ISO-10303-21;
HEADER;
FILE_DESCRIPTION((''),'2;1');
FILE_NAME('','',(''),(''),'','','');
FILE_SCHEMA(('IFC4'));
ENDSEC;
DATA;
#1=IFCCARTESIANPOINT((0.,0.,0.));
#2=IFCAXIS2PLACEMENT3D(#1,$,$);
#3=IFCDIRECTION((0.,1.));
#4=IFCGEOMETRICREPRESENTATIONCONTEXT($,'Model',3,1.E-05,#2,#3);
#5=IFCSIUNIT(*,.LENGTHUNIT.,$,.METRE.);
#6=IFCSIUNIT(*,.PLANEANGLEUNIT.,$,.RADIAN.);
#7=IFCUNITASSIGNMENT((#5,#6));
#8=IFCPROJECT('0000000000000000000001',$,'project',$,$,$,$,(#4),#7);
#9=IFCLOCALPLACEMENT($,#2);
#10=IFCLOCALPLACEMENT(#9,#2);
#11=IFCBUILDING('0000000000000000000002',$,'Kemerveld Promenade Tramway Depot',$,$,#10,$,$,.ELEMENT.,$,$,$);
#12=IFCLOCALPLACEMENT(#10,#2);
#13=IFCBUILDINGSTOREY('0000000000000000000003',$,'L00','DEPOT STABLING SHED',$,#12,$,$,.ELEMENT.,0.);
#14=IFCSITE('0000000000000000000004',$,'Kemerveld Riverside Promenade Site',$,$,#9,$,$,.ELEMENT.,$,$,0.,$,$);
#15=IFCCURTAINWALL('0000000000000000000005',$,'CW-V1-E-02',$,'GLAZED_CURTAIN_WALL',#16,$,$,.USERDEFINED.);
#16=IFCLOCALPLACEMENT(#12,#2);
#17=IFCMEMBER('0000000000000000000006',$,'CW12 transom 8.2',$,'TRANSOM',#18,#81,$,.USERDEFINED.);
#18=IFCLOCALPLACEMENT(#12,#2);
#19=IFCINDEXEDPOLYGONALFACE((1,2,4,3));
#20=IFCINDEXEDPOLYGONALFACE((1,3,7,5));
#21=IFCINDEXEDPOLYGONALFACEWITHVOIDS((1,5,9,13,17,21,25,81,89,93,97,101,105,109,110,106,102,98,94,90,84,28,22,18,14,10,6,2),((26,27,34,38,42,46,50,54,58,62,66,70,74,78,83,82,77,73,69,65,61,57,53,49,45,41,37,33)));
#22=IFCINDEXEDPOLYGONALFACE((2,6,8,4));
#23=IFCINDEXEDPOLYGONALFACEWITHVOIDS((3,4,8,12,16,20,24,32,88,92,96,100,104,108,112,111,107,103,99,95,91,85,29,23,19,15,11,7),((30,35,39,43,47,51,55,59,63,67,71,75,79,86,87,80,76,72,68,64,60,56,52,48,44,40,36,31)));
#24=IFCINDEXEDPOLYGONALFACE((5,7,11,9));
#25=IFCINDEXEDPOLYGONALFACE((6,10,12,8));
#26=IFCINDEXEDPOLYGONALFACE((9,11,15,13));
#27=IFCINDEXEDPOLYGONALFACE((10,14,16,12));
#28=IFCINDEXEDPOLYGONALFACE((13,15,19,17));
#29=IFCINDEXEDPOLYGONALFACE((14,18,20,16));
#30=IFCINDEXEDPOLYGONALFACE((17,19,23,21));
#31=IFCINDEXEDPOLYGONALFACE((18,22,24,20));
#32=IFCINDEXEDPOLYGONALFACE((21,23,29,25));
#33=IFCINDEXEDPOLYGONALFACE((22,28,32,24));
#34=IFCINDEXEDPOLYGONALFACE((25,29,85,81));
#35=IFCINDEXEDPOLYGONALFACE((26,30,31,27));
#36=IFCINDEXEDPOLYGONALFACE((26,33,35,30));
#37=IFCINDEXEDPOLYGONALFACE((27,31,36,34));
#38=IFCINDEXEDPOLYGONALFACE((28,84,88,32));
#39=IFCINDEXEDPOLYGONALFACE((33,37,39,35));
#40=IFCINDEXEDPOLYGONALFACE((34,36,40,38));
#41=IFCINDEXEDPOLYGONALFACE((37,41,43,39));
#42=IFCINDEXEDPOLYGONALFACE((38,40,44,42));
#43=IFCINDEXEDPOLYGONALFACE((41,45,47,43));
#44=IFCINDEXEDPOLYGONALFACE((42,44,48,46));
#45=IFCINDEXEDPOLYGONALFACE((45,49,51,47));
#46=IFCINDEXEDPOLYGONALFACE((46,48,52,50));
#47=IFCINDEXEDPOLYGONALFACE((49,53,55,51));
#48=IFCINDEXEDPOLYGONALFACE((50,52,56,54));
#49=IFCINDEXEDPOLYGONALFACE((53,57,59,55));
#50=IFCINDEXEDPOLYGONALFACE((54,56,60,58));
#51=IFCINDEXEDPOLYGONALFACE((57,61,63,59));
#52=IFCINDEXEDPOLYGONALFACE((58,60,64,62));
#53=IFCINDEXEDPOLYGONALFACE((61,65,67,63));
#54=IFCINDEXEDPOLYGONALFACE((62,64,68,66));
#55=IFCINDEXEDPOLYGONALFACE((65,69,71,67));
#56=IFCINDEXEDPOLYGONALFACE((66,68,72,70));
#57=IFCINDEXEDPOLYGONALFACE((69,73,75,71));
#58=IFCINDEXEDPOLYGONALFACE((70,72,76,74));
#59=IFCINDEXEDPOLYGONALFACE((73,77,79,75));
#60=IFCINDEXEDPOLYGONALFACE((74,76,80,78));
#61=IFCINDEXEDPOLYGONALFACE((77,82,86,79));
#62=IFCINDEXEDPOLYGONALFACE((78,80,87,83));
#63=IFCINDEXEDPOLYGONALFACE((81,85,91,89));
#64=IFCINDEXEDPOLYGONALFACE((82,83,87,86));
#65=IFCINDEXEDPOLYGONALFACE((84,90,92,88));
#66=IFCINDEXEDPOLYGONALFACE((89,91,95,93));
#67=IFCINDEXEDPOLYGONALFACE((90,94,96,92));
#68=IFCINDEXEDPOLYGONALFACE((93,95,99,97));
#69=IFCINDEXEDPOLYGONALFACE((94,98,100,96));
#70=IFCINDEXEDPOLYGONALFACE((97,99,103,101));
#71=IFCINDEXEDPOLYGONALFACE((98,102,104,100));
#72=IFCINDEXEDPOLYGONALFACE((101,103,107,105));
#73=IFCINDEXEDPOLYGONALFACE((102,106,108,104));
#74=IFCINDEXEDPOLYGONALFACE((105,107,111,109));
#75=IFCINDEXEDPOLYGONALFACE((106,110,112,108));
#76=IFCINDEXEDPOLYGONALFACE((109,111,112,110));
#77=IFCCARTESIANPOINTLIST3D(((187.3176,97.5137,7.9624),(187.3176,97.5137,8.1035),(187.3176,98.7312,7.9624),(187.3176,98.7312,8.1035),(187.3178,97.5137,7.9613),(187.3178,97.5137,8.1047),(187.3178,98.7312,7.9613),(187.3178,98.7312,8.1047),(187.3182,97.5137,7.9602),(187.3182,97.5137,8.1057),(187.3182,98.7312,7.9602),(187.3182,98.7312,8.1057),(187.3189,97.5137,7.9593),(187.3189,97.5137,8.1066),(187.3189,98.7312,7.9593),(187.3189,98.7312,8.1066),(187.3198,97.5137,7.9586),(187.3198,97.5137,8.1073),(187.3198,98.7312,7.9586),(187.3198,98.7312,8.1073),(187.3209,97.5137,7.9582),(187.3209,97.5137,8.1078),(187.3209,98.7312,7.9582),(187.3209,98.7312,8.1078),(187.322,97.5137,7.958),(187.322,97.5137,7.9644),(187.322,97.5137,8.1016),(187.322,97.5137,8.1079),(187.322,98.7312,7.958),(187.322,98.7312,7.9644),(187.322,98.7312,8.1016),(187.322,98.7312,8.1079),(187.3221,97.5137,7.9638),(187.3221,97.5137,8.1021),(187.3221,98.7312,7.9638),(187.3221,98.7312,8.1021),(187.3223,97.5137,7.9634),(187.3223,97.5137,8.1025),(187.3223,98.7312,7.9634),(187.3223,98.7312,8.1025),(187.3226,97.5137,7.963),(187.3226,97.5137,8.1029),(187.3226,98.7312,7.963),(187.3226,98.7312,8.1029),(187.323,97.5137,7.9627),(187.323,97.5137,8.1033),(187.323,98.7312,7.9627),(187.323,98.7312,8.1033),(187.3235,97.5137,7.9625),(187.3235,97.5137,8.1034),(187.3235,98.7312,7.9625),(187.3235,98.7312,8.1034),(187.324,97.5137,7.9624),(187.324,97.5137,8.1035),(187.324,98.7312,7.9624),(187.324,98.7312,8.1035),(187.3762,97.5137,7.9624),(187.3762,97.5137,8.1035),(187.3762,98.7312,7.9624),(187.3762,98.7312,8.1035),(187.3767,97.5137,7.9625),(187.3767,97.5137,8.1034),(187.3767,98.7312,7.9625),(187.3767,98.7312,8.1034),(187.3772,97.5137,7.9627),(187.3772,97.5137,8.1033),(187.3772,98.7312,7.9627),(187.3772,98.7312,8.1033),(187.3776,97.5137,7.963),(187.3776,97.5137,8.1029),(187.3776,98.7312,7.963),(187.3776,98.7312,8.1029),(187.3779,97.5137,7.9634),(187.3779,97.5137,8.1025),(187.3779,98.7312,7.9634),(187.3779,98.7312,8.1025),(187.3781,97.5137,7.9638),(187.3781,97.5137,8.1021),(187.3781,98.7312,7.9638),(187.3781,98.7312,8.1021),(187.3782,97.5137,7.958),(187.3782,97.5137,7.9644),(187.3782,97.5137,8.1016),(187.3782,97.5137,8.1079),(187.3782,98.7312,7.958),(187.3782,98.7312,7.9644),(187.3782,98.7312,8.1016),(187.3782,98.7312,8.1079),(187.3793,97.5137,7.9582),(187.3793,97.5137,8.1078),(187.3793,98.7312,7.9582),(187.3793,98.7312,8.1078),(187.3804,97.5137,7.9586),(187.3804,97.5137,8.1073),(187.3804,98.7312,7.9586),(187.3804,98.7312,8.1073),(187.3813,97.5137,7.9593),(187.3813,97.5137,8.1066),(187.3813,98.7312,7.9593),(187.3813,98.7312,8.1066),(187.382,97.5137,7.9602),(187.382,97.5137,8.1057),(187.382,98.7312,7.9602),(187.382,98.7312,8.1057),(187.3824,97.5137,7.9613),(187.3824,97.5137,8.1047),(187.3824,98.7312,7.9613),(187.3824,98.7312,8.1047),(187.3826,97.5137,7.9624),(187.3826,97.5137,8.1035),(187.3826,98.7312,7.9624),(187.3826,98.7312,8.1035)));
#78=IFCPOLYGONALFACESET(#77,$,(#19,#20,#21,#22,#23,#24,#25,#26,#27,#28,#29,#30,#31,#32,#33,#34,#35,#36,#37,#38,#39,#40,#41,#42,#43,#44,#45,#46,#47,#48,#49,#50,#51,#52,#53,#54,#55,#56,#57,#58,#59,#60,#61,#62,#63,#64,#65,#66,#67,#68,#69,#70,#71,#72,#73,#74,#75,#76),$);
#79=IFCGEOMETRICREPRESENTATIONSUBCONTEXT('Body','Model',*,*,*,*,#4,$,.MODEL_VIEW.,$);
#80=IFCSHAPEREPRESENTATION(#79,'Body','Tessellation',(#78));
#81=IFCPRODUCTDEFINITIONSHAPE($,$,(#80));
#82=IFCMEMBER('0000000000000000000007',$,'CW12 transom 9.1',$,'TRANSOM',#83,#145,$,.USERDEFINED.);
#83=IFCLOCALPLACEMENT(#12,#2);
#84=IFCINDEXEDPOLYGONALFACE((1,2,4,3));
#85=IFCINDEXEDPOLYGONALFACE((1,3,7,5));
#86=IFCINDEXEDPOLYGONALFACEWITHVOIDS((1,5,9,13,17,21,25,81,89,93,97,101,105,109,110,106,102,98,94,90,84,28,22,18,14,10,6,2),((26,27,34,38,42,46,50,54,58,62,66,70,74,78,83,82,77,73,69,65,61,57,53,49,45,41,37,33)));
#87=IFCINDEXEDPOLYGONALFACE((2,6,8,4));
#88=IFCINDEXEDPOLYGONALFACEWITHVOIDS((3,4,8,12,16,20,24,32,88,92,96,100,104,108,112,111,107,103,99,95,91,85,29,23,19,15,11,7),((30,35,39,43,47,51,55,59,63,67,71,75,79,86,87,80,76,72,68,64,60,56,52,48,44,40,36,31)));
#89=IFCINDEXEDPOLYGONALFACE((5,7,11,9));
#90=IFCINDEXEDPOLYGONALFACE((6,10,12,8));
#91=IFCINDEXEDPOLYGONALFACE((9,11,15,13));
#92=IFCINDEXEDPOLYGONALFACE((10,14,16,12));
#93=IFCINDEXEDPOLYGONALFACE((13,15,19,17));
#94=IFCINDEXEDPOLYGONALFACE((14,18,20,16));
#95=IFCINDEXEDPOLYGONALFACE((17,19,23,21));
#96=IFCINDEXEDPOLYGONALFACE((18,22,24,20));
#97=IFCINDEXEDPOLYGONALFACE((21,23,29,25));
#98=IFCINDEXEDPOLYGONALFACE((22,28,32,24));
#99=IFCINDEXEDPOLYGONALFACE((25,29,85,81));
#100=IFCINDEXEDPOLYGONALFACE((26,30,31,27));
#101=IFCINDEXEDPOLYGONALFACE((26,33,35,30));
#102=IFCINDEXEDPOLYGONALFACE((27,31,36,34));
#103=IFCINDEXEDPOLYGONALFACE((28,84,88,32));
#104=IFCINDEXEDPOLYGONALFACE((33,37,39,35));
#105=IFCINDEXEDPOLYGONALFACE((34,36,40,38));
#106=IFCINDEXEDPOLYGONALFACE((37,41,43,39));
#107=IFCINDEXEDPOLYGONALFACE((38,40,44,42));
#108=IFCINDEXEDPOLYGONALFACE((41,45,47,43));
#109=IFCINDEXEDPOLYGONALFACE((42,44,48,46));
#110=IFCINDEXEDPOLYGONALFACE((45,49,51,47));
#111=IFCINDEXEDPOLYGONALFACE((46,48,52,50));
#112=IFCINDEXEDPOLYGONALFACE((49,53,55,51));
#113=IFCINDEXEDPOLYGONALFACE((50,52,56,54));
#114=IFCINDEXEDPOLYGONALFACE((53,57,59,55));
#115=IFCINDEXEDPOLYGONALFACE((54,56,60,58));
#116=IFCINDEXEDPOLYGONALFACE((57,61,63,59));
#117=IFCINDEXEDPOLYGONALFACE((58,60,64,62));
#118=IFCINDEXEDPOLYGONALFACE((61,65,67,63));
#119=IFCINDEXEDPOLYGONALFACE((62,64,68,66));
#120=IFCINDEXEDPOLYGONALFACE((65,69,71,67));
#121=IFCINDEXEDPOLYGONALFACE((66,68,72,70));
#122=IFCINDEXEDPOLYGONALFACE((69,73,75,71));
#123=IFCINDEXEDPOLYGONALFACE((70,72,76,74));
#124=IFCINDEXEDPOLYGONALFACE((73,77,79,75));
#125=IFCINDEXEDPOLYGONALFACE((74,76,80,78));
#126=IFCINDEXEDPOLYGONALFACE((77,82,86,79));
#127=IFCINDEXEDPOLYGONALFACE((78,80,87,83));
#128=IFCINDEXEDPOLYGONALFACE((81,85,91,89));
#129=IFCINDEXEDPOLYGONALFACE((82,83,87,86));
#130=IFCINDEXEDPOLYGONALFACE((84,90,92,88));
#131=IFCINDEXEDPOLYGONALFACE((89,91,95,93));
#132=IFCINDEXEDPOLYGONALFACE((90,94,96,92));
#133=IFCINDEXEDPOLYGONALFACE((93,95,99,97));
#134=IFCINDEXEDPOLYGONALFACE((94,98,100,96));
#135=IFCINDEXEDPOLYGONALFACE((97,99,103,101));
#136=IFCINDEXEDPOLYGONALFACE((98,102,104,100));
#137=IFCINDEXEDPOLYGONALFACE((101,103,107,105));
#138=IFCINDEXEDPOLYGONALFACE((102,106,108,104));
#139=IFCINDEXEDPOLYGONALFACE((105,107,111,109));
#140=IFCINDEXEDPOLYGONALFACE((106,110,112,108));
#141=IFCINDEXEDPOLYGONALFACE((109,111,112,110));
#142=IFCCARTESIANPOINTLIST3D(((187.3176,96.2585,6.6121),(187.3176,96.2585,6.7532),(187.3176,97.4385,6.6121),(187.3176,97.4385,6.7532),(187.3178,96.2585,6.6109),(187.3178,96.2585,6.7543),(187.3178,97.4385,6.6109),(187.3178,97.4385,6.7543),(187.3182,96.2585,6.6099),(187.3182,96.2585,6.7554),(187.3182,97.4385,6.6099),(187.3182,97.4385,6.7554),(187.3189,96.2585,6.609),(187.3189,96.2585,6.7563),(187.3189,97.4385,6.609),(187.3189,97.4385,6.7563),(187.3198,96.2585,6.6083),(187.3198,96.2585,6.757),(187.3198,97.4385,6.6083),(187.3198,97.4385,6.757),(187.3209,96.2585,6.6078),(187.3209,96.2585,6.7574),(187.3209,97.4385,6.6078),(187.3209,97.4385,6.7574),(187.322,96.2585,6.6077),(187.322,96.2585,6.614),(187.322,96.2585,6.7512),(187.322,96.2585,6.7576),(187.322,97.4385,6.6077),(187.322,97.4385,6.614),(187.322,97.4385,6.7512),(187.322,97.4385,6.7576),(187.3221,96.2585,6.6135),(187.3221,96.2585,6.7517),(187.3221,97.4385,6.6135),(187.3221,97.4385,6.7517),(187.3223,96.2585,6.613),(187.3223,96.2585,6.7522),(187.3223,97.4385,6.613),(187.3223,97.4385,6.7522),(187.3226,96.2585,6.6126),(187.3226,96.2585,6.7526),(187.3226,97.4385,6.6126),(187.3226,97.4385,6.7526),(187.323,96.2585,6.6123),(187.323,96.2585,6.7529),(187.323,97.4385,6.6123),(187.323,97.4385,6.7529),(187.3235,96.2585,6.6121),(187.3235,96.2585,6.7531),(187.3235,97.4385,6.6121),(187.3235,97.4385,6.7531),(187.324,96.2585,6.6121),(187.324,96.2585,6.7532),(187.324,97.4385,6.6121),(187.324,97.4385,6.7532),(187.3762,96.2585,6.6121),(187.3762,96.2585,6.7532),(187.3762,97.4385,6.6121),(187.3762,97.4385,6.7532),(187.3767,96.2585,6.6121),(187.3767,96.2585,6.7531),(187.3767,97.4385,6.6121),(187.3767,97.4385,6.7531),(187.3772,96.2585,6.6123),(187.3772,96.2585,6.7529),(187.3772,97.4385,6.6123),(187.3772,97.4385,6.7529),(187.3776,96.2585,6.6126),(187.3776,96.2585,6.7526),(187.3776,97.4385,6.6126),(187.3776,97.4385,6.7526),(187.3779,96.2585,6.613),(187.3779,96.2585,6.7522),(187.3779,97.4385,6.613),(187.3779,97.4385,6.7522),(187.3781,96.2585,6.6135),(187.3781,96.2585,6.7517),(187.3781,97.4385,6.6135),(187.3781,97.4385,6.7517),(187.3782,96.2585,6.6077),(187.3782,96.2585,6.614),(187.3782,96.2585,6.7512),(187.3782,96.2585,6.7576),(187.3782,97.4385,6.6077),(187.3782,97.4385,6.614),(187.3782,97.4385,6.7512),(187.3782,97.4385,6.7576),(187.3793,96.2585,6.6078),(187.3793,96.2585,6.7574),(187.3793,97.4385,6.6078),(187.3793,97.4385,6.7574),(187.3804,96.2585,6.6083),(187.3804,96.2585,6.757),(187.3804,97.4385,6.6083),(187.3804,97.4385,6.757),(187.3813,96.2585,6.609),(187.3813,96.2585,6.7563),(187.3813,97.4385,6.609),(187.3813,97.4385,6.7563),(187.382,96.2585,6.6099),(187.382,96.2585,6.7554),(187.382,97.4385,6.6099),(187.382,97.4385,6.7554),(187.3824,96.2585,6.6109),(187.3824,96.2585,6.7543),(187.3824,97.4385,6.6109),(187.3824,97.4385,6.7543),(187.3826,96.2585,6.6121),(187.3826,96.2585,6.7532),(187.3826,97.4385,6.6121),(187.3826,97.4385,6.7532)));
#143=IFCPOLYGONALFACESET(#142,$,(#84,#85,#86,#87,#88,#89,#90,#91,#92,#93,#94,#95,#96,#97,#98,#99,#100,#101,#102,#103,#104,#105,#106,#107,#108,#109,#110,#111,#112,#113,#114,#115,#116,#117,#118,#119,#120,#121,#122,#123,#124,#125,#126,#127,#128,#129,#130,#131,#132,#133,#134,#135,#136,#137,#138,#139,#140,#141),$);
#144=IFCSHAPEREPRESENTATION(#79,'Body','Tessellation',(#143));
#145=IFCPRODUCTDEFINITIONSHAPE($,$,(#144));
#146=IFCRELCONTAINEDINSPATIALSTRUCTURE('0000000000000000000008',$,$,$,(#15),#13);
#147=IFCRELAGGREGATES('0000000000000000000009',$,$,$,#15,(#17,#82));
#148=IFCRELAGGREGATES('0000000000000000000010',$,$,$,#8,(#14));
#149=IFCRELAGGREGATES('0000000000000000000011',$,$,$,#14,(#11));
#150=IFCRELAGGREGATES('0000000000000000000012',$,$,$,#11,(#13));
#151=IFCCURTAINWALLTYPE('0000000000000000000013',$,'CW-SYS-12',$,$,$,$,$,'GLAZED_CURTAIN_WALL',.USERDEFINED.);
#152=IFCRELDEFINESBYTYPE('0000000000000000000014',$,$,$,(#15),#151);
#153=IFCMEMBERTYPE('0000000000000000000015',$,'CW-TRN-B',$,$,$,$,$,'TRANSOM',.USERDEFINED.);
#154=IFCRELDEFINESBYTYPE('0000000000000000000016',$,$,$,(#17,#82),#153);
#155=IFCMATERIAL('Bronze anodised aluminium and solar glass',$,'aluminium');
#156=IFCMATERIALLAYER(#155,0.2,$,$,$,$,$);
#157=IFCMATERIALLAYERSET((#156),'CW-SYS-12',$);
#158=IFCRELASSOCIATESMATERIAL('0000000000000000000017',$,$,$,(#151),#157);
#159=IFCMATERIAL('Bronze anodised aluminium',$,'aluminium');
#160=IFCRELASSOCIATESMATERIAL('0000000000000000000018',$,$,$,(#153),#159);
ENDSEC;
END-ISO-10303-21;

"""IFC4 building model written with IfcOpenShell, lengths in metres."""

from ifc_helpers import new_model, si_unit, direction, frame, origin, origin_2d, place, context, subcontext, project, spatial, hollow_rectangle, extrude, material, layer, layer_set, material_profile, profile_set, type_object, element, aggregate, save


model = new_model("IFC4")

# Units and contexts
model_context = context("Model", 3, precision=1e-05, world=origin(), true_north=direction((0.0, 1.0)))
body_context = subcontext(model_context, "Body", "Model", "MODEL_VIEW")
ifc_project = project(units=[si_unit("LENGTHUNIT", "METRE"), si_unit("PLANEANGLEUNIT", "RADIAN")], contexts=[model_context])

# Site, building, storey
site_placement = place(None, origin())
site = spatial("IfcSite", under=ifc_project, at=site_placement, Name="Kemerveld Riverside Promenade Site", CompositionType="ELEMENT", RefElevation=0.0)
building_placement = place(site_placement, origin())
building = spatial("IfcBuilding", under=site, at=building_placement, Name="Kemerveld Promenade Tramway Depot", CompositionType="ELEMENT")
storey_placement = place(building_placement, origin())
storey = spatial("IfcBuildingStorey", under=building, at=storey_placement, Name="L00", Description="DEPOT STABLING SHED", CompositionType="ELEMENT", Elevation=0.0)

# Curtain wall, members
ifc_material_1 = material(Name="Bronze anodised aluminium and solar glass", Category="aluminium")
ifc_layer_1 = layer(ifc_material_1, 0.2)
ifc_layer_set_1 = layer_set([ifc_layer_1], Name="CW-SYS-12")
curtain_wall_type = type_object("IfcCurtainWallType", Name="CW-SYS-12", ElementType="GLAZED_CURTAIN_WALL", PredefinedType="USERDEFINED", material=ifc_layer_set_1)
curtain_wall_placement = place(storey_placement, origin())
curtain_wall = element("IfcCurtainWall", 1, at=curtain_wall_placement, inside=storey, type_object=curtain_wall_type, Name="CW-V1-E-02", ObjectType="GLAZED_CURTAIN_WALL", PredefinedType="USERDEFINED")
ifc_material_2 = material(Name="Bronze anodised aluminium", Category="aluminium")
ifc_material_profile_1 = material_profile(ifc_material_2, hollow_rectangle(XDim=0.0649, YDim=0.1499, WallThickness=0.0044, InnerFilletRadius=0.002, OuterFilletRadius=0.0044, at=origin_2d()), Name="CW-TRN-150x65")
ifc_profile_set_1 = profile_set([ifc_material_profile_1], Name="Bronze anodised aluminium")
member_type_1 = type_object("IfcMemberType", Name="CW-TRN-B", ElementType="TRANSOM", PredefinedType="USERDEFINED", material=ifc_profile_set_1)
member_1_placement = place(storey_placement, frame((187.3501, 98.7312, 8.033), z_axis=(0.0, -1.0, 0.0), x_axis=(1.0, 0.0, 0.0)))
member_1 = element("IfcMember", 2, at=member_1_placement, type_object=member_type_1, Name="CW12 transom 8.2", ObjectType="TRANSOM", PredefinedType="USERDEFINED", context=body_context, shape_type="SweptSolid", body=[
    extrude(hollow_rectangle(XDim=0.0649, YDim=0.1499, WallThickness=0.0044, InnerFilletRadius=0.002, OuterFilletRadius=0.0044, at=origin_2d()), origin(), (0.0, 0.0, 1.0), 1.2175),
])
member_2_placement = place(storey_placement, frame((187.3501, 97.4385, 6.6826), z_axis=(0.0, -1.0, 0.0), x_axis=(1.0, 0.0, 0.0)))
member_2 = element("IfcMember", 3, at=member_2_placement, type_object=member_type_1, Name="CW12 transom 9.1", ObjectType="TRANSOM", PredefinedType="USERDEFINED", context=body_context, shape_type="SweptSolid", body=[
    extrude(hollow_rectangle(XDim=0.0649, YDim=0.1499, WallThickness=0.0044, InnerFilletRadius=0.002, OuterFilletRadius=0.0044, at=origin_2d()), origin(), (0.0, 0.0, 1.0), 1.1799),
])
aggregate(curtain_wall, [member_1, member_2])

save(model, "model.ifc")
